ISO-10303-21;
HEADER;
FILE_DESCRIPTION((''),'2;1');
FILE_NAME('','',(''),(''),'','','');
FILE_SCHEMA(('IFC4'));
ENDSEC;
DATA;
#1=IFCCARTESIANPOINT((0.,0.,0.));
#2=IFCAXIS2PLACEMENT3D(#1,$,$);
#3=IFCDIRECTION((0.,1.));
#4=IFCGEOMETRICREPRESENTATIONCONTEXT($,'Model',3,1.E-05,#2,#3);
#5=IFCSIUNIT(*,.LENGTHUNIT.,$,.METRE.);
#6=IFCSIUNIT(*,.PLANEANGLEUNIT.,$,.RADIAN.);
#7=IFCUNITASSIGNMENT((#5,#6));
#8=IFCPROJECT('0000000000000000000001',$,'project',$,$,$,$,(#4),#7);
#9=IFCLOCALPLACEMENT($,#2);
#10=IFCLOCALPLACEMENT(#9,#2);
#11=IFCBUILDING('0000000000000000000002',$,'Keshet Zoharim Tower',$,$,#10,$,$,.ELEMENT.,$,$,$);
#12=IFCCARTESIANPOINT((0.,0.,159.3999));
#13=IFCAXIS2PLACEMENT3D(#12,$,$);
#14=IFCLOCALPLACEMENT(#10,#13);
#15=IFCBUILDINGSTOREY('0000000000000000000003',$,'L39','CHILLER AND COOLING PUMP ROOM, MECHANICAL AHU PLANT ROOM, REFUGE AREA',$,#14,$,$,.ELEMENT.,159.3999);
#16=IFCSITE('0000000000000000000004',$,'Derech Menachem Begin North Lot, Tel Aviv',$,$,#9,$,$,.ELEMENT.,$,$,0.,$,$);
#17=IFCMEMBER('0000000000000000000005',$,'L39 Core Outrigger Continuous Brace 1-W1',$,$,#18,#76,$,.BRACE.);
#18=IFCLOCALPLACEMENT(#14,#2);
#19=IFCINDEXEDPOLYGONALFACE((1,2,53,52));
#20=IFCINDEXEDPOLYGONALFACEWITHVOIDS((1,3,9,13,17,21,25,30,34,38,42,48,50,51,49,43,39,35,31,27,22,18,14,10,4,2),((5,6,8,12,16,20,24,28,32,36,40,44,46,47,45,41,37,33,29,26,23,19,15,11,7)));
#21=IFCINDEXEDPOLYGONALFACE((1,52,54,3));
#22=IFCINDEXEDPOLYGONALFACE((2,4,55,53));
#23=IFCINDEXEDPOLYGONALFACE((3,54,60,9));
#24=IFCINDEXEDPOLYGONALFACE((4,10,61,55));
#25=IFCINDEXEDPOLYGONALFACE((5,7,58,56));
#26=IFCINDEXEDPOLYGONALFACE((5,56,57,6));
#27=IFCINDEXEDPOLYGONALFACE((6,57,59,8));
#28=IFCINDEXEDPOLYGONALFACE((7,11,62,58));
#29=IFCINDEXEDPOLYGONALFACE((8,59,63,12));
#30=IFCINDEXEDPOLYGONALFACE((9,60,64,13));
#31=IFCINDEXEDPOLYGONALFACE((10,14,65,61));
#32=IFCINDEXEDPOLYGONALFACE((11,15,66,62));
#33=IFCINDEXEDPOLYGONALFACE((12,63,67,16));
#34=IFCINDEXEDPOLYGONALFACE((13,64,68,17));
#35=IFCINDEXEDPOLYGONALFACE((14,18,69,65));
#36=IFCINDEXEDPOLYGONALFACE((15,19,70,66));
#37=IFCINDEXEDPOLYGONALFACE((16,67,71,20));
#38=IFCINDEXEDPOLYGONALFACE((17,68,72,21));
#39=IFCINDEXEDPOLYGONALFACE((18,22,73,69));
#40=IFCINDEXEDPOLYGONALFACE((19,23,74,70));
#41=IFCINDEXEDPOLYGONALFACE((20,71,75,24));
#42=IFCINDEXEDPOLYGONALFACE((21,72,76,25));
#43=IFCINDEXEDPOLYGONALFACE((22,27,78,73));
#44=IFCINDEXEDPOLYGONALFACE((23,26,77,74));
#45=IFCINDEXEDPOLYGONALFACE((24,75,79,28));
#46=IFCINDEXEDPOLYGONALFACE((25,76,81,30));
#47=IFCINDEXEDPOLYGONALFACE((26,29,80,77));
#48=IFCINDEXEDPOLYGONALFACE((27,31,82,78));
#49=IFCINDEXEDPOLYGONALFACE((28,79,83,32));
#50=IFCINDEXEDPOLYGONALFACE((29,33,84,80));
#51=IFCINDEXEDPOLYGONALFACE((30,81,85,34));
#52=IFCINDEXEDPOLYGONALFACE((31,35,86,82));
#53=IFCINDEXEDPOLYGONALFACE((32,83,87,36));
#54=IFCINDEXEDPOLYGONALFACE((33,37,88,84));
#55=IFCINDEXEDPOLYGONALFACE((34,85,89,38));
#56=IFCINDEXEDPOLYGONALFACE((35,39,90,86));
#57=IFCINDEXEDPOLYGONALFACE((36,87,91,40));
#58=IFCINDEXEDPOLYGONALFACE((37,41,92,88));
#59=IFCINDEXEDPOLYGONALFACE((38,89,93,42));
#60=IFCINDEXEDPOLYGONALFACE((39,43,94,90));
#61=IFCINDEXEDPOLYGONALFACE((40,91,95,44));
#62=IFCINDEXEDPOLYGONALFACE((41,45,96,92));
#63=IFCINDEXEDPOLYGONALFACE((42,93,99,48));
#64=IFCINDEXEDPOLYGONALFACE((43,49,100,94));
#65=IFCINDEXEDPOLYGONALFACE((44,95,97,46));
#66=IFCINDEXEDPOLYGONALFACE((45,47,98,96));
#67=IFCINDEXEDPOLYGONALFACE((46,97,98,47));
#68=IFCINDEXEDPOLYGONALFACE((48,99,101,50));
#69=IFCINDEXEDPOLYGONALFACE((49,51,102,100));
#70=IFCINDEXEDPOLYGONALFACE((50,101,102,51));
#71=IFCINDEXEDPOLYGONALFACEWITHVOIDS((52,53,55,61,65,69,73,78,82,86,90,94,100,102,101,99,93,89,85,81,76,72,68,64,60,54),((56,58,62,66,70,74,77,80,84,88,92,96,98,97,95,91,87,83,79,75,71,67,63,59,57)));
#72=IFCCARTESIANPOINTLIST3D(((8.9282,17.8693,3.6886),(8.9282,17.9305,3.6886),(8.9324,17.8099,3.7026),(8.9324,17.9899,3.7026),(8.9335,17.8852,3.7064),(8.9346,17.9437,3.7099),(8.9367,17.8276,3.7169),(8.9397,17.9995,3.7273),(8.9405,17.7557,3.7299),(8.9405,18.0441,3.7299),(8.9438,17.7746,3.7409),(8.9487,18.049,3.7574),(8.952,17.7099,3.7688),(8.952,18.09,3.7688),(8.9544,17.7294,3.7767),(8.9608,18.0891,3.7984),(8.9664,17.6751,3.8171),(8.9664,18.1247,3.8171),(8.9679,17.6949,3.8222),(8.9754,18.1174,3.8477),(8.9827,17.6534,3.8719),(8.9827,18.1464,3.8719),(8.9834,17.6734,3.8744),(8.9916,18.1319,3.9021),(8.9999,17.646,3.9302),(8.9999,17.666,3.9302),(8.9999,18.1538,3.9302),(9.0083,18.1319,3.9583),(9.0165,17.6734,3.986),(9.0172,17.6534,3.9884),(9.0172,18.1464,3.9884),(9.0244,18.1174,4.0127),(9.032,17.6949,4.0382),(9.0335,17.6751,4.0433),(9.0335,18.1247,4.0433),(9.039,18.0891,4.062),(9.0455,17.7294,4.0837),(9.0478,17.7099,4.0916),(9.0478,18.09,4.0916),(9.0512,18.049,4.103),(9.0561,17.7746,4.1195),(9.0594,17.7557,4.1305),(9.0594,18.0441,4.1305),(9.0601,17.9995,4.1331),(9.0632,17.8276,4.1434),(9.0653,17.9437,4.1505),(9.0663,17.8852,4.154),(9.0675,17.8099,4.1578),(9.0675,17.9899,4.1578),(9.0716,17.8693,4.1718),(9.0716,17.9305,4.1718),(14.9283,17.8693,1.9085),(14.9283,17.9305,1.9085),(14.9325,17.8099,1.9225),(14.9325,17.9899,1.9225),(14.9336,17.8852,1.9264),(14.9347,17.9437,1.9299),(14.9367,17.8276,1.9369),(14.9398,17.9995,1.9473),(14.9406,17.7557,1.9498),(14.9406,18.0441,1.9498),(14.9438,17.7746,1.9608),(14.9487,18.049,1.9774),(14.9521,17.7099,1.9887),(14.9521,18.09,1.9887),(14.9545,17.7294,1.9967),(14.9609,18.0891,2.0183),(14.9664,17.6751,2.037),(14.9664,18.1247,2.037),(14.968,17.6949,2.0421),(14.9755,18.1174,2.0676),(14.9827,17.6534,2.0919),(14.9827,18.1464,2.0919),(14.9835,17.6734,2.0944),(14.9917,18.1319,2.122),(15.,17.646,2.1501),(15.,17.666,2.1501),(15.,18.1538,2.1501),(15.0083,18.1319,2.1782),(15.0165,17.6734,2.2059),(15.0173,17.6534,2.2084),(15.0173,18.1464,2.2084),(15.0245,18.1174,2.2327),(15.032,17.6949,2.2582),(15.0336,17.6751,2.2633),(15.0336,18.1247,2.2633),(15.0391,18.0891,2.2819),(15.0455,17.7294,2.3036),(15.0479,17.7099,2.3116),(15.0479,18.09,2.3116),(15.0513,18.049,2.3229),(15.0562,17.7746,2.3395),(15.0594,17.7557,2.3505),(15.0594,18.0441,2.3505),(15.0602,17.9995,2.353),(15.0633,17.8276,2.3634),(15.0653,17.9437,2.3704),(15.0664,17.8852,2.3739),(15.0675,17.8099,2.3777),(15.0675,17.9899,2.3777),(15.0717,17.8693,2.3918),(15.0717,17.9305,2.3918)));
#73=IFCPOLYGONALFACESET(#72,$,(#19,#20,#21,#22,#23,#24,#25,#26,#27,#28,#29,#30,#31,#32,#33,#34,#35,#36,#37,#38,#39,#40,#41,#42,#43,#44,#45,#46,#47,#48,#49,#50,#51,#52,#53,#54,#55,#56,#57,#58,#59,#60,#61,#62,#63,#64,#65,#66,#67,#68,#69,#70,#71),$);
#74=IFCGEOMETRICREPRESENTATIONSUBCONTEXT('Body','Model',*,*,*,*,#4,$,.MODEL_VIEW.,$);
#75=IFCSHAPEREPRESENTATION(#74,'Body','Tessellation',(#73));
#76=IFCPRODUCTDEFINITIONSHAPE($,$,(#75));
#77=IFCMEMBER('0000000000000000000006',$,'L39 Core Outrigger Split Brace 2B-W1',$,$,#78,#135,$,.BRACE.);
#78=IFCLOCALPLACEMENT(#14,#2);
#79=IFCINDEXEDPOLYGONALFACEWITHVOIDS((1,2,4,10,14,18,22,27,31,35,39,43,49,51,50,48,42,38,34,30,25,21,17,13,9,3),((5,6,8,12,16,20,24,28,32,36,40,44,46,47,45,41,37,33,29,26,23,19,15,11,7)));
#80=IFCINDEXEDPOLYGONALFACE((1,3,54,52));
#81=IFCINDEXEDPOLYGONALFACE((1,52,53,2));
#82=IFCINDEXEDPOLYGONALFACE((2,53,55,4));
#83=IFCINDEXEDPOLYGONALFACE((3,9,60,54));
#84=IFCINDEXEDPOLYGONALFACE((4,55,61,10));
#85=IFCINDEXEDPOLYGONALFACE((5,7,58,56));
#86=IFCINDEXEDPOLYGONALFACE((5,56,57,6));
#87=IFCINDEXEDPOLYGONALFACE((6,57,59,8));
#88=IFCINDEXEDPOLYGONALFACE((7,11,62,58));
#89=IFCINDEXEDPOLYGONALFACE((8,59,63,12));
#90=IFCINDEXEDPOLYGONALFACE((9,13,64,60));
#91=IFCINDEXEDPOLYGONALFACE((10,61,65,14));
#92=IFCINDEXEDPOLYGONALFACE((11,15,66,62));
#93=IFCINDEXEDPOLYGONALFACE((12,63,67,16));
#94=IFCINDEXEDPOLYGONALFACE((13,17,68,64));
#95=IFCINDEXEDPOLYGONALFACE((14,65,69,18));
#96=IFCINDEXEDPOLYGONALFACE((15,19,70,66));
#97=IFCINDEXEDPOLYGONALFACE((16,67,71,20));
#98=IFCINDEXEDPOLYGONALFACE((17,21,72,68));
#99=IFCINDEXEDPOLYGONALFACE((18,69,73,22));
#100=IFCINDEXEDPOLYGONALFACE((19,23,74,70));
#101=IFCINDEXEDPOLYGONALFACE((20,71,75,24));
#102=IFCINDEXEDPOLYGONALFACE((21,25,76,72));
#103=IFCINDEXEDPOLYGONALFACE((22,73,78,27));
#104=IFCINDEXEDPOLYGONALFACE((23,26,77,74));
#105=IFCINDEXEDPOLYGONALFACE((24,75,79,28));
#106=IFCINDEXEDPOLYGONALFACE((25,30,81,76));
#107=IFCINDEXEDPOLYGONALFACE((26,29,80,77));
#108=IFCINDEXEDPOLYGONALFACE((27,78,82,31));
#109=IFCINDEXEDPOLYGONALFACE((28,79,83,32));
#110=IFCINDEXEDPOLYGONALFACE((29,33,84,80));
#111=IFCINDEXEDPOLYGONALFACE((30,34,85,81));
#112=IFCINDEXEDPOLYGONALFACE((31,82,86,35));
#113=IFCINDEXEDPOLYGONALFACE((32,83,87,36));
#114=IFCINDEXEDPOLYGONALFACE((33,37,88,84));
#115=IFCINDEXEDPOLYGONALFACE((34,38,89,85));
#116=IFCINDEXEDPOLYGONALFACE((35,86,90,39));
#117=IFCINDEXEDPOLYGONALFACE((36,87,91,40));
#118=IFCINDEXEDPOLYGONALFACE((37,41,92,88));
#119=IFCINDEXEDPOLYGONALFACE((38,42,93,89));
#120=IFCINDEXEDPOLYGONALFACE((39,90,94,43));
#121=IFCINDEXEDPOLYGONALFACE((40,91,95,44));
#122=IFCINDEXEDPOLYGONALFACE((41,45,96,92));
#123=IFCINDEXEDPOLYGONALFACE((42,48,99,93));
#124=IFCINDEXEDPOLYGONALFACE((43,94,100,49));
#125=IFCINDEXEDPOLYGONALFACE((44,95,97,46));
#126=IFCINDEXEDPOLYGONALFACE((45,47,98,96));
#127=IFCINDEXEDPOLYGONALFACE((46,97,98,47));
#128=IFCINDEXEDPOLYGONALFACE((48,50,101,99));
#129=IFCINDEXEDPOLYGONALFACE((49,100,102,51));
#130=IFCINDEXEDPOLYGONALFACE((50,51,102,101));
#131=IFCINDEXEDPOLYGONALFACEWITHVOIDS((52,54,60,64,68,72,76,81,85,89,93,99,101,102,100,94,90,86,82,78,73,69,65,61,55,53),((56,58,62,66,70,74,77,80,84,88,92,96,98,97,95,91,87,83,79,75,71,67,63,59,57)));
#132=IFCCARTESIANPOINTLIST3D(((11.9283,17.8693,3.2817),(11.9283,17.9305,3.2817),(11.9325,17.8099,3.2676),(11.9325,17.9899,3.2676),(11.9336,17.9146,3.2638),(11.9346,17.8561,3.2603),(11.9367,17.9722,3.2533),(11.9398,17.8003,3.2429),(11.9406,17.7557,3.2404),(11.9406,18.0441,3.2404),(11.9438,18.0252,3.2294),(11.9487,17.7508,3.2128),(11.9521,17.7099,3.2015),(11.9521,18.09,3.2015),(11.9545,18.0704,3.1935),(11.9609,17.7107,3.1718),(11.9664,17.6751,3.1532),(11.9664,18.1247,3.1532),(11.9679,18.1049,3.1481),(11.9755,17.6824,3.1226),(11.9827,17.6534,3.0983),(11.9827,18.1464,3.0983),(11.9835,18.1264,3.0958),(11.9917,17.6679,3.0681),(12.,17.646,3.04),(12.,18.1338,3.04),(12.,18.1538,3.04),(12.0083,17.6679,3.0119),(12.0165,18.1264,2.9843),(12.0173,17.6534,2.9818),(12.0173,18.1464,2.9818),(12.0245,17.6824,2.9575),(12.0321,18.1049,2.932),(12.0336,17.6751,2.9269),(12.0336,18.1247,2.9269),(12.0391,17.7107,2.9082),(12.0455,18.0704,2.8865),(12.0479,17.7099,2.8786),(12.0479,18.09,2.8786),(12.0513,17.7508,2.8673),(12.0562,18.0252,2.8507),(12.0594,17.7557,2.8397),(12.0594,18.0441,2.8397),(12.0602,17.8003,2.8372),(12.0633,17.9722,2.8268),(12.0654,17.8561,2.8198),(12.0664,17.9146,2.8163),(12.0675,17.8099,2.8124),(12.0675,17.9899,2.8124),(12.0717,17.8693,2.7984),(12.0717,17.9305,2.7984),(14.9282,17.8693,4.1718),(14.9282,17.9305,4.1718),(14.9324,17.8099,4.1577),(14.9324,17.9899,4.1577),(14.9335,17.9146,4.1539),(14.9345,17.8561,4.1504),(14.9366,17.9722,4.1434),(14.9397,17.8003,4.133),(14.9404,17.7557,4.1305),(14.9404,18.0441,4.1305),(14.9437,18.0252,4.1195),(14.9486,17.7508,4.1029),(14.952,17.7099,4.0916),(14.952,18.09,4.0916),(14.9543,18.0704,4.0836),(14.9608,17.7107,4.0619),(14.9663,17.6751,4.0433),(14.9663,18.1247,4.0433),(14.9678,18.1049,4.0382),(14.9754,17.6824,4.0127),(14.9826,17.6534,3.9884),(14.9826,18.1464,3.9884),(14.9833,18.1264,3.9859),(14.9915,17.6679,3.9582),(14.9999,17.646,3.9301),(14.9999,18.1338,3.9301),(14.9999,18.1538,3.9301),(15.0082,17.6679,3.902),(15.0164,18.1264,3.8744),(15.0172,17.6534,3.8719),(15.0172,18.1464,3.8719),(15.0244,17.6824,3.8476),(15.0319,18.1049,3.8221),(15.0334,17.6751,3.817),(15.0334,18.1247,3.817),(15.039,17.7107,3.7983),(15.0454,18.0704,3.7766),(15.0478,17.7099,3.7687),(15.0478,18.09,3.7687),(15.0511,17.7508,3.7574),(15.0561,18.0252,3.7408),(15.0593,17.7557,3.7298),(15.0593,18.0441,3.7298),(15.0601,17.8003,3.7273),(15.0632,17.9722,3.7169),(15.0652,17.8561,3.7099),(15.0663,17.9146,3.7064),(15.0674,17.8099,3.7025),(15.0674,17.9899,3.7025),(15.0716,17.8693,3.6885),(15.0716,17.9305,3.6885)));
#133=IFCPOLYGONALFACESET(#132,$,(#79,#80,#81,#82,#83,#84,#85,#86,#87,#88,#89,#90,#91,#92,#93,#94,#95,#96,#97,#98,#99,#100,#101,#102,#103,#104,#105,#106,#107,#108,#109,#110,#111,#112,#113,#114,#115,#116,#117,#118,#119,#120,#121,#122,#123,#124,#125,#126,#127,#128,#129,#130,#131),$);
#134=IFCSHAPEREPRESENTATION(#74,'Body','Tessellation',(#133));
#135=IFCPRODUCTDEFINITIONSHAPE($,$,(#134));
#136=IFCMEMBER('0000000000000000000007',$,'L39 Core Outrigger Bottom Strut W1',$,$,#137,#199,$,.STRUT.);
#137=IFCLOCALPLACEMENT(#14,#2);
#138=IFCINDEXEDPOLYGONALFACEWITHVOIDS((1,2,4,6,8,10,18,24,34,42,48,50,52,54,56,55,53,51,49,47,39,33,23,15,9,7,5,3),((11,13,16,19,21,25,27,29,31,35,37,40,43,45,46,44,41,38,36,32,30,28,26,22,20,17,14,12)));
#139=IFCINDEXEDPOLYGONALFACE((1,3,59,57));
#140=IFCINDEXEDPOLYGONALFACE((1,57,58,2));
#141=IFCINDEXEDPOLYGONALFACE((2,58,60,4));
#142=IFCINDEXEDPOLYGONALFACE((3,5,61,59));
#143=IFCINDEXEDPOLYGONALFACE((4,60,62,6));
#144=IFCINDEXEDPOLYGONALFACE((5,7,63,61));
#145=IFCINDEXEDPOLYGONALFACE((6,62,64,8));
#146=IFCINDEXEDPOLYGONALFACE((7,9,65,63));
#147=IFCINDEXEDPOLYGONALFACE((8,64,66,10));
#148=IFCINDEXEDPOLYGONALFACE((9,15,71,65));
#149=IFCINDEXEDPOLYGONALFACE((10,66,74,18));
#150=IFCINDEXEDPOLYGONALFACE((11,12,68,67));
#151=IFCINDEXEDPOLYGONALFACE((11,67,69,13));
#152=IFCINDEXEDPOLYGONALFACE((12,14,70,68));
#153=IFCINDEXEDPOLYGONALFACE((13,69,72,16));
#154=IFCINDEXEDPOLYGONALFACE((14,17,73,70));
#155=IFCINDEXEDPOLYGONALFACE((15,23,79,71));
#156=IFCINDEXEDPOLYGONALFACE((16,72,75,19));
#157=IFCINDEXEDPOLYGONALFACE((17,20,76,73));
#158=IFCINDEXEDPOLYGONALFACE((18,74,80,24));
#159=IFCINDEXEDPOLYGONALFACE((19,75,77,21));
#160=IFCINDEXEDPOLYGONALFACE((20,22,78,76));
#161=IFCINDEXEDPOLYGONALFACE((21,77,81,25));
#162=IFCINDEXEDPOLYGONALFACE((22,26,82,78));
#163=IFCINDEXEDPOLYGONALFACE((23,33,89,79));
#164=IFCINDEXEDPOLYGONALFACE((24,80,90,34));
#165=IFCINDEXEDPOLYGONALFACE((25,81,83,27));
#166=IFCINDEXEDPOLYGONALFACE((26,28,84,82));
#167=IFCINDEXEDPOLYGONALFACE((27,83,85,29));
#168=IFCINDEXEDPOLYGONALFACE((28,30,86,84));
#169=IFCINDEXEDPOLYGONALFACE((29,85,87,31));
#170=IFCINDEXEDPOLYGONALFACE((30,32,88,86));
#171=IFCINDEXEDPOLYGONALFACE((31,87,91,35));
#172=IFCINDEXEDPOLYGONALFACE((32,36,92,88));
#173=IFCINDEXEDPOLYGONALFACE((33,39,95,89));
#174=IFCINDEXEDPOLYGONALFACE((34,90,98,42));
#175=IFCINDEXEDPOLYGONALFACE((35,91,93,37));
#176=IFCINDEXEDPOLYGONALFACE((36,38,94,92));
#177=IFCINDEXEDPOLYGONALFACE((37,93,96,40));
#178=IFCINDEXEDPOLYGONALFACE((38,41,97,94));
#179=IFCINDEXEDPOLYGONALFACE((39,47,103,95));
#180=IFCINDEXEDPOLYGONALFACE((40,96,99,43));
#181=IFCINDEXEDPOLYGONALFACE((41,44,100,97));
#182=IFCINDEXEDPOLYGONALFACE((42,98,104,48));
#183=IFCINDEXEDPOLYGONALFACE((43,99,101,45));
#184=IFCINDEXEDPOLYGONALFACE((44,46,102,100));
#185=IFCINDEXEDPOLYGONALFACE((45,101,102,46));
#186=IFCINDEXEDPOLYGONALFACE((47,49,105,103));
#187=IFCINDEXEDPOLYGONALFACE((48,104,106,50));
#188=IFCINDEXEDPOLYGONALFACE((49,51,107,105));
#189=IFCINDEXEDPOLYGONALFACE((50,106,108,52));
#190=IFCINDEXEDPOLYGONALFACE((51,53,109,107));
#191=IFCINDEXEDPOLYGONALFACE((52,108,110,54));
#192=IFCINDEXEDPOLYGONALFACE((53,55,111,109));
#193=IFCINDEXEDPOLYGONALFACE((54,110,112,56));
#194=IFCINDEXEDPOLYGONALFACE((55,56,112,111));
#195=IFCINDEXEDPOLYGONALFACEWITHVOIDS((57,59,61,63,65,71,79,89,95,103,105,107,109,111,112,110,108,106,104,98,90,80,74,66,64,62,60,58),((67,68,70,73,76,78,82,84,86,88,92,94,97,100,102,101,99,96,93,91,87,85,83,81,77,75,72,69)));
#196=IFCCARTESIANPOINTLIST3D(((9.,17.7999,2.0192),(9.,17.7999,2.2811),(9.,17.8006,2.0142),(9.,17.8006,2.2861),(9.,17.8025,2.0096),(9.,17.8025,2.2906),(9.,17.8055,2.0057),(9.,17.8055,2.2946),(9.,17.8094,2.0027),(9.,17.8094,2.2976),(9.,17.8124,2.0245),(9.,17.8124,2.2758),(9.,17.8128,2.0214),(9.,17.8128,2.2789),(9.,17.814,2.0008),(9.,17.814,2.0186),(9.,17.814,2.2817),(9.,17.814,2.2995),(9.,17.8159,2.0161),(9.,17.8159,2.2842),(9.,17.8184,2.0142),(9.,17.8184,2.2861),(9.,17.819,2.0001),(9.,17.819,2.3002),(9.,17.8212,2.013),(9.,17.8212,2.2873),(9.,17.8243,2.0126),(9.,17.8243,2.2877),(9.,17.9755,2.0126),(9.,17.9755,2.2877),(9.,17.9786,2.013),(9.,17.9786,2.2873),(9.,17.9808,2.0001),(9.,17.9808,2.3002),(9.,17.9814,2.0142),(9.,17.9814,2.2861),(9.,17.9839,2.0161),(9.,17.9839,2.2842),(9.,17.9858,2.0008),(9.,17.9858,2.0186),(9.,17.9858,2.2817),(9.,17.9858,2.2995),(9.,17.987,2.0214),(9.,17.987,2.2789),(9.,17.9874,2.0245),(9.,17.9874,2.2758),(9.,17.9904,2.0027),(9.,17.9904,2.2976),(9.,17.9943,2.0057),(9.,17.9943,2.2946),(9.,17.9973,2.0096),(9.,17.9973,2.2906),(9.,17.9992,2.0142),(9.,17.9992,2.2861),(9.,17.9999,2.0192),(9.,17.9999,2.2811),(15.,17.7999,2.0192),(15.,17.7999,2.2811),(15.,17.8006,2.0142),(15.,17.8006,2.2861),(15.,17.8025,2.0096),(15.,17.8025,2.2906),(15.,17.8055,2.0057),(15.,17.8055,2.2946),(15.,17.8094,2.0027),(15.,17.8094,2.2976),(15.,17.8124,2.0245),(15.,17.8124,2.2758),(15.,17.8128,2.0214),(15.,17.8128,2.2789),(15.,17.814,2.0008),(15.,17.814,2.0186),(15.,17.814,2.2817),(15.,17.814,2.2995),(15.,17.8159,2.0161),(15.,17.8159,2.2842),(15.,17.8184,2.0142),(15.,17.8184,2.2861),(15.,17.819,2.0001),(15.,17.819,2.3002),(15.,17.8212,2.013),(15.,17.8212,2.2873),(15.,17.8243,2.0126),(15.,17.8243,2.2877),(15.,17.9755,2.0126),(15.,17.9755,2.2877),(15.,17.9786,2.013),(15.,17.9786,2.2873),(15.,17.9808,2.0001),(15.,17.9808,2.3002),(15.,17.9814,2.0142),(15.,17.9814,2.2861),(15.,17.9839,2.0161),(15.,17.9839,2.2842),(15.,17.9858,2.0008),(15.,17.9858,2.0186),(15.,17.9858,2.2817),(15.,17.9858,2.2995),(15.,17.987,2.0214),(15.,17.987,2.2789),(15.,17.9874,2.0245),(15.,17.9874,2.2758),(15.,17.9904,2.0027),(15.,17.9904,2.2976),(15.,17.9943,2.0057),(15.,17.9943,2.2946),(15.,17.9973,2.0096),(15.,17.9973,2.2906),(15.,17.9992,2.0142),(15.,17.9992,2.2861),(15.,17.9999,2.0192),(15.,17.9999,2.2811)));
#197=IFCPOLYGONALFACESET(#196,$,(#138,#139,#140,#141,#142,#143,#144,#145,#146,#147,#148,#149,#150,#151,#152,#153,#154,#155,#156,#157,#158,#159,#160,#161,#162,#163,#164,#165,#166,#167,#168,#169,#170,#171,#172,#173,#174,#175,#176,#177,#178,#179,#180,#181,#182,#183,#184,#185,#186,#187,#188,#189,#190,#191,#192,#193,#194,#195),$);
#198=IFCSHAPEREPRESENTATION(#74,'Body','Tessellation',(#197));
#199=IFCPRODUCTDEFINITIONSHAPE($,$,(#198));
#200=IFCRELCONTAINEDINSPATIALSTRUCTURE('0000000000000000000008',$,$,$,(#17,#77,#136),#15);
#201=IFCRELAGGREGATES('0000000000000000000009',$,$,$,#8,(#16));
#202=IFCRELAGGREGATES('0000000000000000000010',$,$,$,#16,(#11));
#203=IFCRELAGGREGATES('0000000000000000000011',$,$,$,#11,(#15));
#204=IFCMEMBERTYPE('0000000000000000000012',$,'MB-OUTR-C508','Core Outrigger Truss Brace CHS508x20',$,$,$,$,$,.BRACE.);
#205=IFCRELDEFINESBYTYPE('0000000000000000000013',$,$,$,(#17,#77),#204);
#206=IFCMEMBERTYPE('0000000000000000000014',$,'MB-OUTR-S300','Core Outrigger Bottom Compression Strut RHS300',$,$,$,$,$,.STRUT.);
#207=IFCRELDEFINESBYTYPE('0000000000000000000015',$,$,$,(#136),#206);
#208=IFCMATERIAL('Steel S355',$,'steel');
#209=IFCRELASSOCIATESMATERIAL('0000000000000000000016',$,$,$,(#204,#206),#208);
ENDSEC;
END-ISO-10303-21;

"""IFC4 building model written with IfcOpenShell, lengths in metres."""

from ifc_helpers import new_model, si_unit, direction, frame, origin, origin_2d, place, context, subcontext, project, spatial, hollow_rectangle, hollow_circle, extrude, material, material_profile, profile_set, type_object, element, save


model = new_model("IFC4")

# Units and contexts
model_context = context("Model", 3, precision=1e-05, world=origin(), true_north=direction((0.0, 1.0)))
body_context = subcontext(model_context, "Body", "Model", "MODEL_VIEW")
ifc_project = project(units=[si_unit("LENGTHUNIT", "METRE"), si_unit("PLANEANGLEUNIT", "RADIAN")], contexts=[model_context])

# Site, building, storey
site_placement = place(None, origin())
site = spatial("IfcSite", under=ifc_project, at=site_placement, Name="Derech Menachem Begin North Lot, Tel Aviv", CompositionType="ELEMENT", RefElevation=0.0)
building_placement = place(site_placement, origin())
building = spatial("IfcBuilding", under=site, at=building_placement, Name="Keshet Zoharim Tower", CompositionType="ELEMENT")
storey_placement = place(building_placement, frame((0.0, 0.0, 159.3999)))
storey = spatial("IfcBuildingStorey", under=building, at=storey_placement, Name="L39", Description="CHILLER AND COOLING PUMP ROOM, MECHANICAL AHU PLANT ROOM, REFUGE AREA", CompositionType="ELEMENT", Elevation=159.3999)

# Shared definitions
ifc_material_1 = material(Name="Steel S355", Category="steel")

# Members
ifc_material_profile_1 = material_profile(ifc_material_1, hollow_circle(Radius=0.2539, WallThickness=0.02, at=origin_2d()), Name="CHS508x20")
ifc_profile_set_1 = profile_set([ifc_material_profile_1], Name="Steel S355")
member_type_1 = type_object("IfcMemberType", Name="MB-OUTR-C508", Description="Core Outrigger Truss Brace CHS508x20", PredefinedType="BRACE", material=ifc_profile_set_1)
member_1_placement = place(storey_placement, frame((15.0, 17.8999, 2.1501), z_axis=(-0.9587, 0.0, 0.284419), x_axis=(0.0, -1.0, 0.0)))
element("IfcMember", 1, at=member_1_placement, inside=storey, type_object=member_type_1, Name="L39 Core Outrigger Continuous Brace 1-W1", PredefinedType="BRACE", context=body_context, shape_type="SweptSolid", body=[
    extrude(hollow_circle(Radius=0.2539, WallThickness=0.02, at=origin_2d()), origin(), (0.0, 0.0, 1.0), 6.2585),
])
member_2_placement = place(storey_placement, frame((12.0, 17.8999, 3.04), z_axis=(0.958689, 0.0, 0.284455), x_axis=(0.0, 1.0, 0.0)))
element("IfcMember", 2, at=member_2_placement, inside=storey, type_object=member_type_1, Name="L39 Core Outrigger Split Brace 2B-W1", PredefinedType="BRACE", context=body_context, shape_type="SweptSolid", body=[
    extrude(hollow_circle(Radius=0.2539, WallThickness=0.02, at=origin_2d()), origin(), (0.0, 0.0, 1.0), 3.1292),
])
ifc_material_profile_2 = material_profile(ifc_material_1, hollow_rectangle(XDim=0.2, YDim=0.3, WallThickness=0.0125, InnerFilletRadius=0.012, OuterFilletRadius=0.019, at=origin_2d()), Name="RHS300x200x12.5")
ifc_profile_set_2 = profile_set([ifc_material_profile_2], Name="Steel S355")
member_type_2 = type_object("IfcMemberType", Name="MB-OUTR-S300", Description="Core Outrigger Bottom Compression Strut RHS300", PredefinedType="STRUT", material=ifc_profile_set_2)
member_3_placement = place(storey_placement, frame((15.0, 17.8999, 2.1501), z_axis=(-1.0, 0.0, 0.0), x_axis=(0.0, -1.0, 0.0)))
element("IfcMember", 3, at=member_3_placement, inside=storey, type_object=member_type_2, Name="L39 Core Outrigger Bottom Strut W1", PredefinedType="STRUT", context=body_context, shape_type="SweptSolid", body=[
    extrude(hollow_rectangle(XDim=0.2, YDim=0.3, WallThickness=0.0125, InnerFilletRadius=0.012, OuterFilletRadius=0.019, at=origin_2d()), origin(), (0.0, 0.0, 1.0), 6.0),
])

save(model, "model.ifc")
